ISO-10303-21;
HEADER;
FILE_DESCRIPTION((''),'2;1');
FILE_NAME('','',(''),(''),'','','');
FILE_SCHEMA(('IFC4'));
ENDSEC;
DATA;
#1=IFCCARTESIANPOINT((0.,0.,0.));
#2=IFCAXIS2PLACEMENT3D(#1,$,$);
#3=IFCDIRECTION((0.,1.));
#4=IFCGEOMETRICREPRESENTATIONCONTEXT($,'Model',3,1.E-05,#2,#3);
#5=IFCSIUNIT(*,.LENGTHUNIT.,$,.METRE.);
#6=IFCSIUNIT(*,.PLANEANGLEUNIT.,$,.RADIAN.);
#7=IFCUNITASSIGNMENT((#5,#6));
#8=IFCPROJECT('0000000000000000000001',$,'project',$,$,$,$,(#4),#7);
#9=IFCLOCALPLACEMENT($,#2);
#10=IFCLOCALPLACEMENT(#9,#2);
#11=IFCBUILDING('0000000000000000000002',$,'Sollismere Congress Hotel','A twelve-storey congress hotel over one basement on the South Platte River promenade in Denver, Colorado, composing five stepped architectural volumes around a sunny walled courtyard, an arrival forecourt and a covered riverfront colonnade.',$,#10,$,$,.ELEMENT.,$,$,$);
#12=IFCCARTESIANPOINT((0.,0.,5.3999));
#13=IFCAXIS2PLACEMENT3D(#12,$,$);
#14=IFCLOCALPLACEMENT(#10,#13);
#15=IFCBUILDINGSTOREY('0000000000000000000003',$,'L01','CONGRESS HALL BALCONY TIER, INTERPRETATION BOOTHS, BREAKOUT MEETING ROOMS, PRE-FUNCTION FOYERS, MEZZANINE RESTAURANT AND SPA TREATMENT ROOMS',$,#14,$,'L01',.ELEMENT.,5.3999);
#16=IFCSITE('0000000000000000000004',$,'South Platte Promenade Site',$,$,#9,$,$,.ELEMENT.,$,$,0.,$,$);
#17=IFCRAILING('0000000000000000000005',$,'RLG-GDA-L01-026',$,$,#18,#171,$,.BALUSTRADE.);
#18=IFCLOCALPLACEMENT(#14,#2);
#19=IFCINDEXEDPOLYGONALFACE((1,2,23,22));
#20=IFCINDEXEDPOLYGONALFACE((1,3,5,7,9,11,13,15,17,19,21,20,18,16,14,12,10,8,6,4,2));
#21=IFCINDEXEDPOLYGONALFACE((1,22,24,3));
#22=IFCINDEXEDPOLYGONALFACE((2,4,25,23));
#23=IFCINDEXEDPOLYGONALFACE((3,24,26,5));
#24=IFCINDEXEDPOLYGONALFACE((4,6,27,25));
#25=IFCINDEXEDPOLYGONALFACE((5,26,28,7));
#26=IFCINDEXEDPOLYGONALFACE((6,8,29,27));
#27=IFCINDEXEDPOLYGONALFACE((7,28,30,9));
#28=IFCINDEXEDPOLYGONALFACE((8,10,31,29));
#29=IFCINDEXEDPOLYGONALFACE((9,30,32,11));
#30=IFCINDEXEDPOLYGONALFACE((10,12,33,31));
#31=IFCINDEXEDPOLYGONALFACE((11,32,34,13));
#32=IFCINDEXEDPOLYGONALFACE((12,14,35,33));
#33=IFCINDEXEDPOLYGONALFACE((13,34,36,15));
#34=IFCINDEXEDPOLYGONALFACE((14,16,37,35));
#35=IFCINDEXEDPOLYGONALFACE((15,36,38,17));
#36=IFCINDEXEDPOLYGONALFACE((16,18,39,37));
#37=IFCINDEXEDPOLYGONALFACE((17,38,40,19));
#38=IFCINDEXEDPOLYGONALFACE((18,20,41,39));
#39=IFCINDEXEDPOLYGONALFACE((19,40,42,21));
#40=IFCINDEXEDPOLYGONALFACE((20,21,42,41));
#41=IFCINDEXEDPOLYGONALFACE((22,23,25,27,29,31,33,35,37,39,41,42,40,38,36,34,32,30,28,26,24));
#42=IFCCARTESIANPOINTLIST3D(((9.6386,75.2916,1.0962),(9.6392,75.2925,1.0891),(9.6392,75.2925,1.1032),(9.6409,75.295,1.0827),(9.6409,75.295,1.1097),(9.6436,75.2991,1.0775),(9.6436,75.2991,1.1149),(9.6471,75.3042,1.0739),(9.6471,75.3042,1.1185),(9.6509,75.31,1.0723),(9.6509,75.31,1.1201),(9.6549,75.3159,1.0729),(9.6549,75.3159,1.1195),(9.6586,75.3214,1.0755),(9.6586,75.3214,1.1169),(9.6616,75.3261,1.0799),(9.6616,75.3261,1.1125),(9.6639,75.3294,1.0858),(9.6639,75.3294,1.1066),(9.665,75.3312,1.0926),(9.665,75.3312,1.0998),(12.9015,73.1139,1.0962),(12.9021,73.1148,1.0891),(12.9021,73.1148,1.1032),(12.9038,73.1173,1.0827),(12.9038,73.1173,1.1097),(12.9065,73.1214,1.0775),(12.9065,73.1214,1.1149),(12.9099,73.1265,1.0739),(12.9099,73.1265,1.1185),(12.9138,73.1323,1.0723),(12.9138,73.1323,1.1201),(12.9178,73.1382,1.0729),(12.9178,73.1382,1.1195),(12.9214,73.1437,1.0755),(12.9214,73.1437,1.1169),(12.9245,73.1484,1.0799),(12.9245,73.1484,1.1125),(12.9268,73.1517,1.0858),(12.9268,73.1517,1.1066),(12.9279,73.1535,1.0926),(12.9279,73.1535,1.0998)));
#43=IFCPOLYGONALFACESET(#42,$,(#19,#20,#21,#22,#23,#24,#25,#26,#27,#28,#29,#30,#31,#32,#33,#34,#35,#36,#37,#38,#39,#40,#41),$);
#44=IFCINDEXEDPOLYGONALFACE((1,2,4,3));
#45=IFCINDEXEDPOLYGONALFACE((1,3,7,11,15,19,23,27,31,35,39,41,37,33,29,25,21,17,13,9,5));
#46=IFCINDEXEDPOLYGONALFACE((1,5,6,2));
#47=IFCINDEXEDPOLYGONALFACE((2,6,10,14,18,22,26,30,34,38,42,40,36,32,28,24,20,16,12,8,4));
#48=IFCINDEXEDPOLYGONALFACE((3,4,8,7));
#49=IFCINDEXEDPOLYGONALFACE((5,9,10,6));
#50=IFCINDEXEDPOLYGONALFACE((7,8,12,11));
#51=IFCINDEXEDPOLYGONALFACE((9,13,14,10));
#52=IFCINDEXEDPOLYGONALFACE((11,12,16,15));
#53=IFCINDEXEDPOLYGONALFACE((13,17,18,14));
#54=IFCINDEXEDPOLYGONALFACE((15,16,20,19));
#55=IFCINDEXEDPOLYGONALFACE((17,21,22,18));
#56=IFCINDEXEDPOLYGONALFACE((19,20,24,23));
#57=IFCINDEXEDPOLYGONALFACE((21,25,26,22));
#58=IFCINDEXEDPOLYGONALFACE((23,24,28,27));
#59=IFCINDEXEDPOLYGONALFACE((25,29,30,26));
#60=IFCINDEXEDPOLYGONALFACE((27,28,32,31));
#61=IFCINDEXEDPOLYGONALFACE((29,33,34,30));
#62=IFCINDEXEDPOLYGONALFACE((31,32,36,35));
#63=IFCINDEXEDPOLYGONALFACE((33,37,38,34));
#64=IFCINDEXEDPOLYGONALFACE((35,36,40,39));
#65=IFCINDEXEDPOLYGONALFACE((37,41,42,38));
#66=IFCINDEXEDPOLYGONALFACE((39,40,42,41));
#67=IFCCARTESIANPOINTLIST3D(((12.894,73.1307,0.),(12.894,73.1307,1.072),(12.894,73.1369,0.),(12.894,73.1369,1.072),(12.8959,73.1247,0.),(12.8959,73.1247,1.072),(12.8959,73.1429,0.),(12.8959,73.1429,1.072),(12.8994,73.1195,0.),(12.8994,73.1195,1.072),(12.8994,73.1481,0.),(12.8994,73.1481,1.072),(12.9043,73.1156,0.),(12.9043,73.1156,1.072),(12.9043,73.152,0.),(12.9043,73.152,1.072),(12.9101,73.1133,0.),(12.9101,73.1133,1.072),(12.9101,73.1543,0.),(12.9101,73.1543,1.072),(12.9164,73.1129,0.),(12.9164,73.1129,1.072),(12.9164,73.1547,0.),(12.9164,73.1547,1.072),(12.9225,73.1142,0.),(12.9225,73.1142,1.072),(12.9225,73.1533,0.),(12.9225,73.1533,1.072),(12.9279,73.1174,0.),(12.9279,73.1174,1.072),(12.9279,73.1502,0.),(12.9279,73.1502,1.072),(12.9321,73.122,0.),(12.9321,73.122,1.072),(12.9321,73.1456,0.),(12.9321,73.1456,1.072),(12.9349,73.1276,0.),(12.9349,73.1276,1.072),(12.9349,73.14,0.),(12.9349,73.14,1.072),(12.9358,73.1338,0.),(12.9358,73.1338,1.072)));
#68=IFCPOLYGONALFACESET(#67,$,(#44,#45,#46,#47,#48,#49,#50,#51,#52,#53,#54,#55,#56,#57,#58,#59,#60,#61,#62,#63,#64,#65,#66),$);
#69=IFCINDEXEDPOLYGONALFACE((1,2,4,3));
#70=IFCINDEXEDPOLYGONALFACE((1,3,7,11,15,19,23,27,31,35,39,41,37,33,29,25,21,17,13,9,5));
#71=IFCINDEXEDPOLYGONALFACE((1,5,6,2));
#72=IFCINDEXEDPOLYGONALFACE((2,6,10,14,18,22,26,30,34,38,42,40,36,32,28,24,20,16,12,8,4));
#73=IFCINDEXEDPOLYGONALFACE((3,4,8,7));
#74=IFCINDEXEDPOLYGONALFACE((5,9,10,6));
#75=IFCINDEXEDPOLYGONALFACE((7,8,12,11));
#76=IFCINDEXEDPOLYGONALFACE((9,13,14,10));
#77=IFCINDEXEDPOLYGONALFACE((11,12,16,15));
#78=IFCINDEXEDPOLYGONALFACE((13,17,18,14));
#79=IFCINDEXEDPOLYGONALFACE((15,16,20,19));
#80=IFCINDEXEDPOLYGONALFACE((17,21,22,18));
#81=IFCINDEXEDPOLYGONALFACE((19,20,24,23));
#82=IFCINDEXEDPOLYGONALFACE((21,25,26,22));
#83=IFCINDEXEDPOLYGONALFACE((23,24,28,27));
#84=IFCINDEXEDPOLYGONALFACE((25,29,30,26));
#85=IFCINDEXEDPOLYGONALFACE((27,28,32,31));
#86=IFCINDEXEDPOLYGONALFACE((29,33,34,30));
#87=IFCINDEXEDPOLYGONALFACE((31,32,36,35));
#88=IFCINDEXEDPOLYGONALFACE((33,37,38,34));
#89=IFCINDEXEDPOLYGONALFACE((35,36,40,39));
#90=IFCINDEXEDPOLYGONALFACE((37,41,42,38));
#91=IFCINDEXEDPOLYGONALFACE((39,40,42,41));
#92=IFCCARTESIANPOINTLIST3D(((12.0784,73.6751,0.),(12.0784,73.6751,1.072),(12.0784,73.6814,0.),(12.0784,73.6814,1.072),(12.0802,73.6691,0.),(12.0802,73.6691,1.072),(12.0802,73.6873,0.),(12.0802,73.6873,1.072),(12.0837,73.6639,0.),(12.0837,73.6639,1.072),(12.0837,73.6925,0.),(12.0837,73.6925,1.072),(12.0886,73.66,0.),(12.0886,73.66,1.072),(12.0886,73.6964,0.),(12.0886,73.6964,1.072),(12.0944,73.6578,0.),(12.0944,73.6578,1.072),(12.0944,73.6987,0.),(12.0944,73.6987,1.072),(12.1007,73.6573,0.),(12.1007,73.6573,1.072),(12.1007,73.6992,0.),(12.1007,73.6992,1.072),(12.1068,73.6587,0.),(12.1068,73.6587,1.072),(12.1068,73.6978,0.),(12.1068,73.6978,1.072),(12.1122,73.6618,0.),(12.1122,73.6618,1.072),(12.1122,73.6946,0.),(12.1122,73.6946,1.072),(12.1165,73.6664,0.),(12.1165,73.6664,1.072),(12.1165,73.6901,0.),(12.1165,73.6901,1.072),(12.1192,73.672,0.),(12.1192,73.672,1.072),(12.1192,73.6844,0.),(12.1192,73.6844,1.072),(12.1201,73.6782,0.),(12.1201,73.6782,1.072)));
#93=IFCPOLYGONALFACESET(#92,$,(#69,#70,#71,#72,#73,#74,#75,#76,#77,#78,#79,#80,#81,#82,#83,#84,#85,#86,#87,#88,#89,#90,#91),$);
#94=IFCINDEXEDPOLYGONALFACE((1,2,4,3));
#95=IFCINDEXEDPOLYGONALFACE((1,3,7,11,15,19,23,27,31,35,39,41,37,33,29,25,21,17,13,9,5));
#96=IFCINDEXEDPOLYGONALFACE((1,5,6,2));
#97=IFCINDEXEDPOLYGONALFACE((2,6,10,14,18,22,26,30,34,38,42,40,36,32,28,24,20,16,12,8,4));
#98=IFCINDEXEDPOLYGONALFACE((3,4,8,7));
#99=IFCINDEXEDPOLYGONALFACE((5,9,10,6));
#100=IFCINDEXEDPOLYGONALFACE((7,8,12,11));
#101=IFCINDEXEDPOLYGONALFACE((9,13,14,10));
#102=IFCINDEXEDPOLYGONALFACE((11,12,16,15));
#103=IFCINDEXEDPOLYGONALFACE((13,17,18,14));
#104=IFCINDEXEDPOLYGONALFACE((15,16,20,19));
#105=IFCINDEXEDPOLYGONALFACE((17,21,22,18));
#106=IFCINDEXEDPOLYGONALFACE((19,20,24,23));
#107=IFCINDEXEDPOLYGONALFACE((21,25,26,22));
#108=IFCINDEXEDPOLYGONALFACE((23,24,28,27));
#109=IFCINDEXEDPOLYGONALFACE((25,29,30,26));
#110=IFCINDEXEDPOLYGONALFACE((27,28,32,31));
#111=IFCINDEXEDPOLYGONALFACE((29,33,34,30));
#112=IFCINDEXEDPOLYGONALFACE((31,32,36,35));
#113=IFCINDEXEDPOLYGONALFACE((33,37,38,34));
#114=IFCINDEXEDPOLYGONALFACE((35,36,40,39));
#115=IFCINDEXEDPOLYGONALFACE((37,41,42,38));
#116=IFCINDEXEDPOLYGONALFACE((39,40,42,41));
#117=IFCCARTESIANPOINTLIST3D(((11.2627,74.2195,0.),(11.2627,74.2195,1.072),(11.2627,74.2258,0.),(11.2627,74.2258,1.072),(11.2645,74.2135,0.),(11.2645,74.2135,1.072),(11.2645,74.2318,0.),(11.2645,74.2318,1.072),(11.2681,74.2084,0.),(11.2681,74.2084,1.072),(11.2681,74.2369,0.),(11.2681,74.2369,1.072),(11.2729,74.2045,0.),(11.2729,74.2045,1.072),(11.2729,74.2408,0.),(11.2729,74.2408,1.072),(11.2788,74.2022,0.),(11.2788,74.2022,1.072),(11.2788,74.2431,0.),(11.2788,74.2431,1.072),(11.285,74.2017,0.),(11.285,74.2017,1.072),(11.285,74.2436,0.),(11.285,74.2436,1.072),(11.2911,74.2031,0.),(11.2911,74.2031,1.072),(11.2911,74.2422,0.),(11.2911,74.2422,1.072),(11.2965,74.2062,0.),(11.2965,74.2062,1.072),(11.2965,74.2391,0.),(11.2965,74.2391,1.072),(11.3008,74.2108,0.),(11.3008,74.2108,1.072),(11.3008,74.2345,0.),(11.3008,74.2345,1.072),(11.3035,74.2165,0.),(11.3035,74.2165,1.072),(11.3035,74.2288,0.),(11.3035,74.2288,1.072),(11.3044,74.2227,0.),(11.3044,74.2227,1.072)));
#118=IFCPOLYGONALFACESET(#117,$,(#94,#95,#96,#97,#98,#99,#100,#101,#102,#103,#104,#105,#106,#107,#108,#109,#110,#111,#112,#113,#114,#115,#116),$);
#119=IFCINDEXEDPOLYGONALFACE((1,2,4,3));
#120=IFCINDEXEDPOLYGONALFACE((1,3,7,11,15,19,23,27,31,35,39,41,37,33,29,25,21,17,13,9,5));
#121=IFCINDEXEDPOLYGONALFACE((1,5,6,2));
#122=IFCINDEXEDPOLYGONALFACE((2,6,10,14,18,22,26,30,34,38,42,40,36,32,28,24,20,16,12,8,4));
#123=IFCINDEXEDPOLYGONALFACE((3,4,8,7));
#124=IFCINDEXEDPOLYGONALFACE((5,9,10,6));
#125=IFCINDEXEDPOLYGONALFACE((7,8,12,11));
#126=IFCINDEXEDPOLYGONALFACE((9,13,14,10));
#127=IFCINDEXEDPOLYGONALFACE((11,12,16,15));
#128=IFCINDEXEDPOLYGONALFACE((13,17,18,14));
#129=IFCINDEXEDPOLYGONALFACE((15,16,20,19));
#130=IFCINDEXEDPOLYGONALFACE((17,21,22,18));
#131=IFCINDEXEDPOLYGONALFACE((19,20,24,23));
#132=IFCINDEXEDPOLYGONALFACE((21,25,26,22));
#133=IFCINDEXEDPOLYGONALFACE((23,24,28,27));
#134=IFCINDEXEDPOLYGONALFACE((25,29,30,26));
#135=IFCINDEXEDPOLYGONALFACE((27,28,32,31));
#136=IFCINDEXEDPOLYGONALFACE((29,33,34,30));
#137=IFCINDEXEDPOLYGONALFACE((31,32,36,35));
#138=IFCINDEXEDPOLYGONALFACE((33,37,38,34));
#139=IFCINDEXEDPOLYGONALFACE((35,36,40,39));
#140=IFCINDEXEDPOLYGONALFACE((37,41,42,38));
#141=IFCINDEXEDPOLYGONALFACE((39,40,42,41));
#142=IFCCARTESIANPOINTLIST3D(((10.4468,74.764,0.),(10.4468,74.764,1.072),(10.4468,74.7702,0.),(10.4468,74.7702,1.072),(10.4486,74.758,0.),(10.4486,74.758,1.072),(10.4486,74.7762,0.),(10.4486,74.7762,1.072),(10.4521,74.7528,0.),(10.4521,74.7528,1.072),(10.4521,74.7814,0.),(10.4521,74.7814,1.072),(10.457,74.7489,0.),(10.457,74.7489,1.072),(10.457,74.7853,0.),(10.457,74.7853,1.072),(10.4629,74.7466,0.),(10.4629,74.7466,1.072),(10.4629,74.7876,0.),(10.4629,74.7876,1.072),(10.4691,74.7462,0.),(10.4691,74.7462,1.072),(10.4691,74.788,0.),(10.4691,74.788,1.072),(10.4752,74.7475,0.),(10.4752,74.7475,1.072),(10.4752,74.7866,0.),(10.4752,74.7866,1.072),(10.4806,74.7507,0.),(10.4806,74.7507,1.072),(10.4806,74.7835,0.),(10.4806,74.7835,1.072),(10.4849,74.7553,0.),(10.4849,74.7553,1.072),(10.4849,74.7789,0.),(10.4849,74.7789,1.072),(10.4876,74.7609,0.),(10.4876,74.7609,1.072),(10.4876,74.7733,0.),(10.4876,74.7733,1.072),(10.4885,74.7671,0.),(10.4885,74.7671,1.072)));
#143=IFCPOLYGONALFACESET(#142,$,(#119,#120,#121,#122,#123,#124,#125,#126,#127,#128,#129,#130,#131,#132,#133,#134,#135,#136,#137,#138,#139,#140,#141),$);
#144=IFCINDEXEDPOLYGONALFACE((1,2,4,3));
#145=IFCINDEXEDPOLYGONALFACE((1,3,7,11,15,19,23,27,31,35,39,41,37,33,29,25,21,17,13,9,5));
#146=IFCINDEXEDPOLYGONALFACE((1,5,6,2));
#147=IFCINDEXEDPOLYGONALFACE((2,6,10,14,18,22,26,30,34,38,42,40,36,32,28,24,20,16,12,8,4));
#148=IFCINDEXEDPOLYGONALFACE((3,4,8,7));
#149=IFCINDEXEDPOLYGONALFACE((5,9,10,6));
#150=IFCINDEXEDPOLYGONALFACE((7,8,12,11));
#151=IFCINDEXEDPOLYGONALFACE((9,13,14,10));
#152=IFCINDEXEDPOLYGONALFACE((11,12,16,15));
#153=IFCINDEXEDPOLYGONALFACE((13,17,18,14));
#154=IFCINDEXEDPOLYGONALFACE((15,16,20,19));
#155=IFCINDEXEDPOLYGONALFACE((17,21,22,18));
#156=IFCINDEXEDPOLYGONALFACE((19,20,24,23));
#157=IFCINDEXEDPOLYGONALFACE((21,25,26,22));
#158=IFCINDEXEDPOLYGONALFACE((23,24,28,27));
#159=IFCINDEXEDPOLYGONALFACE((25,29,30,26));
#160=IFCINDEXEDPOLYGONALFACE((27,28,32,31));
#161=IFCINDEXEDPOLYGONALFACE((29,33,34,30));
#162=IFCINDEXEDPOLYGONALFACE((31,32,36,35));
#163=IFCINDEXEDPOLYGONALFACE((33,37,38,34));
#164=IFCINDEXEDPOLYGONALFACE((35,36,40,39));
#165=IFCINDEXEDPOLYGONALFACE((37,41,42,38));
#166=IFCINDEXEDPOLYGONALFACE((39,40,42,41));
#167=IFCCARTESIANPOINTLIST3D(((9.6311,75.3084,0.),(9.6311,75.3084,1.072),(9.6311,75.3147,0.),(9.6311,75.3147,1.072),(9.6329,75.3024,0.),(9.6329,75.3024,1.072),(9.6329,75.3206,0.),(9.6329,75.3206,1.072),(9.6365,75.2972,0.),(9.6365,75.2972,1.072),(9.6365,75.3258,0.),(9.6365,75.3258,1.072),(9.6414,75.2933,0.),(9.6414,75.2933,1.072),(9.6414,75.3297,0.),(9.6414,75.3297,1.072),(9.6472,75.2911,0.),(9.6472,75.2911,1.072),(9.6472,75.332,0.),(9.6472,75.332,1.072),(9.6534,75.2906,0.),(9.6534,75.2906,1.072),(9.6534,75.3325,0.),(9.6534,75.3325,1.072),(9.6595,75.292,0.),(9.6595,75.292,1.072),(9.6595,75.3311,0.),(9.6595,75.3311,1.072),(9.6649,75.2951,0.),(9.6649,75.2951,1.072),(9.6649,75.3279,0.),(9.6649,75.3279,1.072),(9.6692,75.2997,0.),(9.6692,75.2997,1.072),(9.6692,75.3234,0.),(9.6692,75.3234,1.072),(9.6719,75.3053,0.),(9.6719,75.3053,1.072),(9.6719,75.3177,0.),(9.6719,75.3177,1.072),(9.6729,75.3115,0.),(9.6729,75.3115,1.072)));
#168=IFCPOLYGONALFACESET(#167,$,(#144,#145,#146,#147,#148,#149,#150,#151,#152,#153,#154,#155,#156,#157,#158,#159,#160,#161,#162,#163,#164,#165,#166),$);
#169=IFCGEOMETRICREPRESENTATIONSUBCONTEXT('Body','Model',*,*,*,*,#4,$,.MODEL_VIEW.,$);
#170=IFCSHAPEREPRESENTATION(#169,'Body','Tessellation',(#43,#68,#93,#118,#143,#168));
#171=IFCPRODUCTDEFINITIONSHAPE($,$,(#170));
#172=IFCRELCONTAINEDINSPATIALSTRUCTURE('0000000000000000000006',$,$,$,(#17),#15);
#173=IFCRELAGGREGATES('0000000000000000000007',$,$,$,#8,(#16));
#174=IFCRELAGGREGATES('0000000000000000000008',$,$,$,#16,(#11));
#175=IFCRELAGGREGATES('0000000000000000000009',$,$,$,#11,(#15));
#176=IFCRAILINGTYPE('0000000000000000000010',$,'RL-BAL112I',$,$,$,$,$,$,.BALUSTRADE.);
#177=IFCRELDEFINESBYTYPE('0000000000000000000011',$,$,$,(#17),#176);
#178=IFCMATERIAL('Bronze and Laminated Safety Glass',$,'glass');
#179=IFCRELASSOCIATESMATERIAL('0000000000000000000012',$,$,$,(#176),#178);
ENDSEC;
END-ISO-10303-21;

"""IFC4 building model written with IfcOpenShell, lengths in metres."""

from ifc_helpers import new_model, si_unit, direction, frame, origin, origin_2d, place, context, subcontext, project, spatial, circle, extrude, material, type_object, element, save


model = new_model("IFC4")

# Units and contexts
model_context = context("Model", 3, precision=1e-05, world=origin(), true_north=direction((0.0, 1.0)))
body_context = subcontext(model_context, "Body", "Model", "MODEL_VIEW")
ifc_project = project(units=[si_unit("LENGTHUNIT", "METRE"), si_unit("PLANEANGLEUNIT", "RADIAN")], contexts=[model_context])

# Site, building, storey
site_placement = place(None, origin())
site = spatial("IfcSite", under=ifc_project, at=site_placement, Name="South Platte Promenade Site", CompositionType="ELEMENT", RefElevation=0.0)
building_placement = place(site_placement, origin())
building = spatial("IfcBuilding", under=site, at=building_placement, Name="Sollismere Congress Hotel", Description="A twelve-storey congress hotel over one basement on the South Platte River promenade in Denver, Colorado, composing five stepped architectural volumes around a sunny walled courtyard, an arrival forecourt and a covered riverfront colonnade.", CompositionType="ELEMENT")
storey_placement = place(building_placement, frame((0.0, 0.0, 5.3999)))
storey = spatial("IfcBuildingStorey", under=building, at=storey_placement, Name="L01", Description="CONGRESS HALL BALCONY TIER, INTERPRETATION BOOTHS, BREAKOUT MEETING ROOMS, PRE-FUNCTION FOYERS, MEZZANINE RESTAURANT AND SPA TREATMENT ROOMS", LongName="L01", CompositionType="ELEMENT", Elevation=5.3999)

# Railing
ifc_material_1 = material(Name="Bronze and Laminated Safety Glass", Category="glass")
railing_type = type_object("IfcRailingType", Name="RL-BAL112I", PredefinedType="BALUSTRADE", material=ifc_material_1)
railing_1_placement = place(storey_placement, frame((12.9148, 73.1338, 0.0)))
element("IfcRailing", 1, at=railing_1_placement, inside=storey, type_object=railing_type, Name="RLG-GDA-L01-026", PredefinedType="BALUSTRADE", context=body_context, shape_type="SweptSolid", body=[
    extrude(circle(Radius=0.0239, at=origin_2d()), frame((0.0, 0.0, 1.0962), z_axis=(-0.831763, 0.555131, 0.0), x_axis=(-0.555131, -0.831763, 0.0)), (0.0, 0.0, 1.0), 3.9229),
    extrude(circle(Radius=0.021, at=origin_2d()), origin(), (0.0, 0.0, 1.0), 1.072),
    extrude(circle(Radius=0.021, at=origin_2d()), frame((-0.8157, 0.5444, 0.0)), (0.0, 0.0, 1.0), 1.072),
    extrude(circle(Radius=0.021, at=origin_2d()), frame((-1.6313, 1.0889, 0.0)), (0.0, 0.0, 1.0), 1.072),
    extrude(circle(Radius=0.021, at=origin_2d()), frame((-2.4473, 1.6333, 0.0)), (0.0, 0.0, 1.0), 1.072),
    extrude(circle(Radius=0.021, at=origin_2d()), frame((-3.2629, 2.1777, 0.0)), (0.0, 0.0, 1.0), 1.072),
])

save(model, "model.ifc")
